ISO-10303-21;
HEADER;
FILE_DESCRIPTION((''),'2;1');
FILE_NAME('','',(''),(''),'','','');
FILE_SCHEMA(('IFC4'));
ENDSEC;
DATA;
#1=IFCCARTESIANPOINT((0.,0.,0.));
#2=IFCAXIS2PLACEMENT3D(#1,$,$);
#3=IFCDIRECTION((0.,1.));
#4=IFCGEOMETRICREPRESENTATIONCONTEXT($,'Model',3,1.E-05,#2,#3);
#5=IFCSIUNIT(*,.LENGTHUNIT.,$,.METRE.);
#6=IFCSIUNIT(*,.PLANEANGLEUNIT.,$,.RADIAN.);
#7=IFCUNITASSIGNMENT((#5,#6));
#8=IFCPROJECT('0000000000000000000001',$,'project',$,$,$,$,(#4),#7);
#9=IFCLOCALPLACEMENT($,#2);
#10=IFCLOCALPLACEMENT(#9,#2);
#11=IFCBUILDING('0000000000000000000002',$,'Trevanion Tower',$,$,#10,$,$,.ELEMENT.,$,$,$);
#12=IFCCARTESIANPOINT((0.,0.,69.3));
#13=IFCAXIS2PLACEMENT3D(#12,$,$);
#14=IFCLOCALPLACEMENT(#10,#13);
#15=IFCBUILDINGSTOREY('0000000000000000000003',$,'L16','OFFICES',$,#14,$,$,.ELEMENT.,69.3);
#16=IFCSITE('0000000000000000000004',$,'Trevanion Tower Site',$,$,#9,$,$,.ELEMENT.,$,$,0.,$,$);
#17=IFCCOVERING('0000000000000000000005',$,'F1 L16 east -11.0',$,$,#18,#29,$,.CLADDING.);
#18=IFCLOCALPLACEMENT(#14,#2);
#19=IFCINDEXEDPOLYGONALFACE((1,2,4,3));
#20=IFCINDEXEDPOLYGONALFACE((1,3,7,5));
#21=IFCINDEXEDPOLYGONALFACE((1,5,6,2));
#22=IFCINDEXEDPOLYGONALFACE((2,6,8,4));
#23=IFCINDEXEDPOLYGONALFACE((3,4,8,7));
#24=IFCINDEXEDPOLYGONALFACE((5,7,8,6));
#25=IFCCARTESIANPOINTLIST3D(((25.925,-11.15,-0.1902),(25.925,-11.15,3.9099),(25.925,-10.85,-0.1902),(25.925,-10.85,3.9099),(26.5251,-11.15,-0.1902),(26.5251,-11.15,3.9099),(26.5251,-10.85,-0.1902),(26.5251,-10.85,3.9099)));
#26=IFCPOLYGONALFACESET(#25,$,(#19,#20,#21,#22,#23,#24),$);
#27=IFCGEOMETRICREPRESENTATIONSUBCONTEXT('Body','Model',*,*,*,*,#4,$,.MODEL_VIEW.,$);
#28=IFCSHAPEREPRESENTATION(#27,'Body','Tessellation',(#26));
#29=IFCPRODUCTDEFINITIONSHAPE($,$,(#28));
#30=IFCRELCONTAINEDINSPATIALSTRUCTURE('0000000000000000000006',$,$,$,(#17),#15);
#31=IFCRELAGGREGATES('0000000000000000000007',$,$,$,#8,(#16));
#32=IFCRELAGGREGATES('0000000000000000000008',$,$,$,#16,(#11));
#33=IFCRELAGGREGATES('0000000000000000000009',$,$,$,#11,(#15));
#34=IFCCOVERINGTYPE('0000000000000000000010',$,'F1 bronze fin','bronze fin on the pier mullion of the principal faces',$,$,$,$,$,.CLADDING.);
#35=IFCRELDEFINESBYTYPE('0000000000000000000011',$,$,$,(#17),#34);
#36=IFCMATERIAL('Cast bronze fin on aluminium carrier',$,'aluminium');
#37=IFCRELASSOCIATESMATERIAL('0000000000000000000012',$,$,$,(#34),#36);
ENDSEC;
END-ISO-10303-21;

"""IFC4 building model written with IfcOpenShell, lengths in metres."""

from ifc_helpers import new_model, si_unit, direction, frame, origin, origin_2d, place, context, subcontext, project, spatial, rectangle, extrude, material, type_object, element, save


model = new_model("IFC4")

# Units and contexts
model_context = context("Model", 3, precision=1e-05, world=origin(), true_north=direction((0.0, 1.0)))
body_context = subcontext(model_context, "Body", "Model", "MODEL_VIEW")
ifc_project = project(units=[si_unit("LENGTHUNIT", "METRE"), si_unit("PLANEANGLEUNIT", "RADIAN")], contexts=[model_context])

# Site, building, storey
site_placement = place(None, origin())
site = spatial("IfcSite", under=ifc_project, at=site_placement, Name="Trevanion Tower Site", CompositionType="ELEMENT", RefElevation=0.0)
building_placement = place(site_placement, origin())
building = spatial("IfcBuilding", under=site, at=building_placement, Name="Trevanion Tower", CompositionType="ELEMENT")
storey_placement = place(building_placement, frame((0.0, 0.0, 69.3)))
storey = spatial("IfcBuildingStorey", under=building, at=storey_placement, Name="L16", Description="OFFICES", CompositionType="ELEMENT", Elevation=69.3)

# Covering
ifc_material_1 = material(Name="Cast bronze fin on aluminium carrier", Category="aluminium")
covering_type = type_object("IfcCoveringType", Name="F1 bronze fin", Description="bronze fin on the pier mullion of the principal faces", PredefinedType="CLADDING", material=ifc_material_1)
covering_placement = place(storey_placement, frame((26.2251, -11.0, -0.1902), z_axis=(0.0, 0.0, 1.0), x_axis=(0.0, 1.0, 0.0)))
element("IfcCovering", 1, at=covering_placement, inside=storey, type_object=covering_type, Name="F1 L16 east -11.0", PredefinedType="CLADDING", context=body_context, shape_type="SweptSolid", body=[
    extrude(rectangle(XDim=0.3, YDim=0.6001, at=origin_2d()), origin(), (0.0, 0.0, 1.0), 4.1001),
])

save(model, "model.ifc")
